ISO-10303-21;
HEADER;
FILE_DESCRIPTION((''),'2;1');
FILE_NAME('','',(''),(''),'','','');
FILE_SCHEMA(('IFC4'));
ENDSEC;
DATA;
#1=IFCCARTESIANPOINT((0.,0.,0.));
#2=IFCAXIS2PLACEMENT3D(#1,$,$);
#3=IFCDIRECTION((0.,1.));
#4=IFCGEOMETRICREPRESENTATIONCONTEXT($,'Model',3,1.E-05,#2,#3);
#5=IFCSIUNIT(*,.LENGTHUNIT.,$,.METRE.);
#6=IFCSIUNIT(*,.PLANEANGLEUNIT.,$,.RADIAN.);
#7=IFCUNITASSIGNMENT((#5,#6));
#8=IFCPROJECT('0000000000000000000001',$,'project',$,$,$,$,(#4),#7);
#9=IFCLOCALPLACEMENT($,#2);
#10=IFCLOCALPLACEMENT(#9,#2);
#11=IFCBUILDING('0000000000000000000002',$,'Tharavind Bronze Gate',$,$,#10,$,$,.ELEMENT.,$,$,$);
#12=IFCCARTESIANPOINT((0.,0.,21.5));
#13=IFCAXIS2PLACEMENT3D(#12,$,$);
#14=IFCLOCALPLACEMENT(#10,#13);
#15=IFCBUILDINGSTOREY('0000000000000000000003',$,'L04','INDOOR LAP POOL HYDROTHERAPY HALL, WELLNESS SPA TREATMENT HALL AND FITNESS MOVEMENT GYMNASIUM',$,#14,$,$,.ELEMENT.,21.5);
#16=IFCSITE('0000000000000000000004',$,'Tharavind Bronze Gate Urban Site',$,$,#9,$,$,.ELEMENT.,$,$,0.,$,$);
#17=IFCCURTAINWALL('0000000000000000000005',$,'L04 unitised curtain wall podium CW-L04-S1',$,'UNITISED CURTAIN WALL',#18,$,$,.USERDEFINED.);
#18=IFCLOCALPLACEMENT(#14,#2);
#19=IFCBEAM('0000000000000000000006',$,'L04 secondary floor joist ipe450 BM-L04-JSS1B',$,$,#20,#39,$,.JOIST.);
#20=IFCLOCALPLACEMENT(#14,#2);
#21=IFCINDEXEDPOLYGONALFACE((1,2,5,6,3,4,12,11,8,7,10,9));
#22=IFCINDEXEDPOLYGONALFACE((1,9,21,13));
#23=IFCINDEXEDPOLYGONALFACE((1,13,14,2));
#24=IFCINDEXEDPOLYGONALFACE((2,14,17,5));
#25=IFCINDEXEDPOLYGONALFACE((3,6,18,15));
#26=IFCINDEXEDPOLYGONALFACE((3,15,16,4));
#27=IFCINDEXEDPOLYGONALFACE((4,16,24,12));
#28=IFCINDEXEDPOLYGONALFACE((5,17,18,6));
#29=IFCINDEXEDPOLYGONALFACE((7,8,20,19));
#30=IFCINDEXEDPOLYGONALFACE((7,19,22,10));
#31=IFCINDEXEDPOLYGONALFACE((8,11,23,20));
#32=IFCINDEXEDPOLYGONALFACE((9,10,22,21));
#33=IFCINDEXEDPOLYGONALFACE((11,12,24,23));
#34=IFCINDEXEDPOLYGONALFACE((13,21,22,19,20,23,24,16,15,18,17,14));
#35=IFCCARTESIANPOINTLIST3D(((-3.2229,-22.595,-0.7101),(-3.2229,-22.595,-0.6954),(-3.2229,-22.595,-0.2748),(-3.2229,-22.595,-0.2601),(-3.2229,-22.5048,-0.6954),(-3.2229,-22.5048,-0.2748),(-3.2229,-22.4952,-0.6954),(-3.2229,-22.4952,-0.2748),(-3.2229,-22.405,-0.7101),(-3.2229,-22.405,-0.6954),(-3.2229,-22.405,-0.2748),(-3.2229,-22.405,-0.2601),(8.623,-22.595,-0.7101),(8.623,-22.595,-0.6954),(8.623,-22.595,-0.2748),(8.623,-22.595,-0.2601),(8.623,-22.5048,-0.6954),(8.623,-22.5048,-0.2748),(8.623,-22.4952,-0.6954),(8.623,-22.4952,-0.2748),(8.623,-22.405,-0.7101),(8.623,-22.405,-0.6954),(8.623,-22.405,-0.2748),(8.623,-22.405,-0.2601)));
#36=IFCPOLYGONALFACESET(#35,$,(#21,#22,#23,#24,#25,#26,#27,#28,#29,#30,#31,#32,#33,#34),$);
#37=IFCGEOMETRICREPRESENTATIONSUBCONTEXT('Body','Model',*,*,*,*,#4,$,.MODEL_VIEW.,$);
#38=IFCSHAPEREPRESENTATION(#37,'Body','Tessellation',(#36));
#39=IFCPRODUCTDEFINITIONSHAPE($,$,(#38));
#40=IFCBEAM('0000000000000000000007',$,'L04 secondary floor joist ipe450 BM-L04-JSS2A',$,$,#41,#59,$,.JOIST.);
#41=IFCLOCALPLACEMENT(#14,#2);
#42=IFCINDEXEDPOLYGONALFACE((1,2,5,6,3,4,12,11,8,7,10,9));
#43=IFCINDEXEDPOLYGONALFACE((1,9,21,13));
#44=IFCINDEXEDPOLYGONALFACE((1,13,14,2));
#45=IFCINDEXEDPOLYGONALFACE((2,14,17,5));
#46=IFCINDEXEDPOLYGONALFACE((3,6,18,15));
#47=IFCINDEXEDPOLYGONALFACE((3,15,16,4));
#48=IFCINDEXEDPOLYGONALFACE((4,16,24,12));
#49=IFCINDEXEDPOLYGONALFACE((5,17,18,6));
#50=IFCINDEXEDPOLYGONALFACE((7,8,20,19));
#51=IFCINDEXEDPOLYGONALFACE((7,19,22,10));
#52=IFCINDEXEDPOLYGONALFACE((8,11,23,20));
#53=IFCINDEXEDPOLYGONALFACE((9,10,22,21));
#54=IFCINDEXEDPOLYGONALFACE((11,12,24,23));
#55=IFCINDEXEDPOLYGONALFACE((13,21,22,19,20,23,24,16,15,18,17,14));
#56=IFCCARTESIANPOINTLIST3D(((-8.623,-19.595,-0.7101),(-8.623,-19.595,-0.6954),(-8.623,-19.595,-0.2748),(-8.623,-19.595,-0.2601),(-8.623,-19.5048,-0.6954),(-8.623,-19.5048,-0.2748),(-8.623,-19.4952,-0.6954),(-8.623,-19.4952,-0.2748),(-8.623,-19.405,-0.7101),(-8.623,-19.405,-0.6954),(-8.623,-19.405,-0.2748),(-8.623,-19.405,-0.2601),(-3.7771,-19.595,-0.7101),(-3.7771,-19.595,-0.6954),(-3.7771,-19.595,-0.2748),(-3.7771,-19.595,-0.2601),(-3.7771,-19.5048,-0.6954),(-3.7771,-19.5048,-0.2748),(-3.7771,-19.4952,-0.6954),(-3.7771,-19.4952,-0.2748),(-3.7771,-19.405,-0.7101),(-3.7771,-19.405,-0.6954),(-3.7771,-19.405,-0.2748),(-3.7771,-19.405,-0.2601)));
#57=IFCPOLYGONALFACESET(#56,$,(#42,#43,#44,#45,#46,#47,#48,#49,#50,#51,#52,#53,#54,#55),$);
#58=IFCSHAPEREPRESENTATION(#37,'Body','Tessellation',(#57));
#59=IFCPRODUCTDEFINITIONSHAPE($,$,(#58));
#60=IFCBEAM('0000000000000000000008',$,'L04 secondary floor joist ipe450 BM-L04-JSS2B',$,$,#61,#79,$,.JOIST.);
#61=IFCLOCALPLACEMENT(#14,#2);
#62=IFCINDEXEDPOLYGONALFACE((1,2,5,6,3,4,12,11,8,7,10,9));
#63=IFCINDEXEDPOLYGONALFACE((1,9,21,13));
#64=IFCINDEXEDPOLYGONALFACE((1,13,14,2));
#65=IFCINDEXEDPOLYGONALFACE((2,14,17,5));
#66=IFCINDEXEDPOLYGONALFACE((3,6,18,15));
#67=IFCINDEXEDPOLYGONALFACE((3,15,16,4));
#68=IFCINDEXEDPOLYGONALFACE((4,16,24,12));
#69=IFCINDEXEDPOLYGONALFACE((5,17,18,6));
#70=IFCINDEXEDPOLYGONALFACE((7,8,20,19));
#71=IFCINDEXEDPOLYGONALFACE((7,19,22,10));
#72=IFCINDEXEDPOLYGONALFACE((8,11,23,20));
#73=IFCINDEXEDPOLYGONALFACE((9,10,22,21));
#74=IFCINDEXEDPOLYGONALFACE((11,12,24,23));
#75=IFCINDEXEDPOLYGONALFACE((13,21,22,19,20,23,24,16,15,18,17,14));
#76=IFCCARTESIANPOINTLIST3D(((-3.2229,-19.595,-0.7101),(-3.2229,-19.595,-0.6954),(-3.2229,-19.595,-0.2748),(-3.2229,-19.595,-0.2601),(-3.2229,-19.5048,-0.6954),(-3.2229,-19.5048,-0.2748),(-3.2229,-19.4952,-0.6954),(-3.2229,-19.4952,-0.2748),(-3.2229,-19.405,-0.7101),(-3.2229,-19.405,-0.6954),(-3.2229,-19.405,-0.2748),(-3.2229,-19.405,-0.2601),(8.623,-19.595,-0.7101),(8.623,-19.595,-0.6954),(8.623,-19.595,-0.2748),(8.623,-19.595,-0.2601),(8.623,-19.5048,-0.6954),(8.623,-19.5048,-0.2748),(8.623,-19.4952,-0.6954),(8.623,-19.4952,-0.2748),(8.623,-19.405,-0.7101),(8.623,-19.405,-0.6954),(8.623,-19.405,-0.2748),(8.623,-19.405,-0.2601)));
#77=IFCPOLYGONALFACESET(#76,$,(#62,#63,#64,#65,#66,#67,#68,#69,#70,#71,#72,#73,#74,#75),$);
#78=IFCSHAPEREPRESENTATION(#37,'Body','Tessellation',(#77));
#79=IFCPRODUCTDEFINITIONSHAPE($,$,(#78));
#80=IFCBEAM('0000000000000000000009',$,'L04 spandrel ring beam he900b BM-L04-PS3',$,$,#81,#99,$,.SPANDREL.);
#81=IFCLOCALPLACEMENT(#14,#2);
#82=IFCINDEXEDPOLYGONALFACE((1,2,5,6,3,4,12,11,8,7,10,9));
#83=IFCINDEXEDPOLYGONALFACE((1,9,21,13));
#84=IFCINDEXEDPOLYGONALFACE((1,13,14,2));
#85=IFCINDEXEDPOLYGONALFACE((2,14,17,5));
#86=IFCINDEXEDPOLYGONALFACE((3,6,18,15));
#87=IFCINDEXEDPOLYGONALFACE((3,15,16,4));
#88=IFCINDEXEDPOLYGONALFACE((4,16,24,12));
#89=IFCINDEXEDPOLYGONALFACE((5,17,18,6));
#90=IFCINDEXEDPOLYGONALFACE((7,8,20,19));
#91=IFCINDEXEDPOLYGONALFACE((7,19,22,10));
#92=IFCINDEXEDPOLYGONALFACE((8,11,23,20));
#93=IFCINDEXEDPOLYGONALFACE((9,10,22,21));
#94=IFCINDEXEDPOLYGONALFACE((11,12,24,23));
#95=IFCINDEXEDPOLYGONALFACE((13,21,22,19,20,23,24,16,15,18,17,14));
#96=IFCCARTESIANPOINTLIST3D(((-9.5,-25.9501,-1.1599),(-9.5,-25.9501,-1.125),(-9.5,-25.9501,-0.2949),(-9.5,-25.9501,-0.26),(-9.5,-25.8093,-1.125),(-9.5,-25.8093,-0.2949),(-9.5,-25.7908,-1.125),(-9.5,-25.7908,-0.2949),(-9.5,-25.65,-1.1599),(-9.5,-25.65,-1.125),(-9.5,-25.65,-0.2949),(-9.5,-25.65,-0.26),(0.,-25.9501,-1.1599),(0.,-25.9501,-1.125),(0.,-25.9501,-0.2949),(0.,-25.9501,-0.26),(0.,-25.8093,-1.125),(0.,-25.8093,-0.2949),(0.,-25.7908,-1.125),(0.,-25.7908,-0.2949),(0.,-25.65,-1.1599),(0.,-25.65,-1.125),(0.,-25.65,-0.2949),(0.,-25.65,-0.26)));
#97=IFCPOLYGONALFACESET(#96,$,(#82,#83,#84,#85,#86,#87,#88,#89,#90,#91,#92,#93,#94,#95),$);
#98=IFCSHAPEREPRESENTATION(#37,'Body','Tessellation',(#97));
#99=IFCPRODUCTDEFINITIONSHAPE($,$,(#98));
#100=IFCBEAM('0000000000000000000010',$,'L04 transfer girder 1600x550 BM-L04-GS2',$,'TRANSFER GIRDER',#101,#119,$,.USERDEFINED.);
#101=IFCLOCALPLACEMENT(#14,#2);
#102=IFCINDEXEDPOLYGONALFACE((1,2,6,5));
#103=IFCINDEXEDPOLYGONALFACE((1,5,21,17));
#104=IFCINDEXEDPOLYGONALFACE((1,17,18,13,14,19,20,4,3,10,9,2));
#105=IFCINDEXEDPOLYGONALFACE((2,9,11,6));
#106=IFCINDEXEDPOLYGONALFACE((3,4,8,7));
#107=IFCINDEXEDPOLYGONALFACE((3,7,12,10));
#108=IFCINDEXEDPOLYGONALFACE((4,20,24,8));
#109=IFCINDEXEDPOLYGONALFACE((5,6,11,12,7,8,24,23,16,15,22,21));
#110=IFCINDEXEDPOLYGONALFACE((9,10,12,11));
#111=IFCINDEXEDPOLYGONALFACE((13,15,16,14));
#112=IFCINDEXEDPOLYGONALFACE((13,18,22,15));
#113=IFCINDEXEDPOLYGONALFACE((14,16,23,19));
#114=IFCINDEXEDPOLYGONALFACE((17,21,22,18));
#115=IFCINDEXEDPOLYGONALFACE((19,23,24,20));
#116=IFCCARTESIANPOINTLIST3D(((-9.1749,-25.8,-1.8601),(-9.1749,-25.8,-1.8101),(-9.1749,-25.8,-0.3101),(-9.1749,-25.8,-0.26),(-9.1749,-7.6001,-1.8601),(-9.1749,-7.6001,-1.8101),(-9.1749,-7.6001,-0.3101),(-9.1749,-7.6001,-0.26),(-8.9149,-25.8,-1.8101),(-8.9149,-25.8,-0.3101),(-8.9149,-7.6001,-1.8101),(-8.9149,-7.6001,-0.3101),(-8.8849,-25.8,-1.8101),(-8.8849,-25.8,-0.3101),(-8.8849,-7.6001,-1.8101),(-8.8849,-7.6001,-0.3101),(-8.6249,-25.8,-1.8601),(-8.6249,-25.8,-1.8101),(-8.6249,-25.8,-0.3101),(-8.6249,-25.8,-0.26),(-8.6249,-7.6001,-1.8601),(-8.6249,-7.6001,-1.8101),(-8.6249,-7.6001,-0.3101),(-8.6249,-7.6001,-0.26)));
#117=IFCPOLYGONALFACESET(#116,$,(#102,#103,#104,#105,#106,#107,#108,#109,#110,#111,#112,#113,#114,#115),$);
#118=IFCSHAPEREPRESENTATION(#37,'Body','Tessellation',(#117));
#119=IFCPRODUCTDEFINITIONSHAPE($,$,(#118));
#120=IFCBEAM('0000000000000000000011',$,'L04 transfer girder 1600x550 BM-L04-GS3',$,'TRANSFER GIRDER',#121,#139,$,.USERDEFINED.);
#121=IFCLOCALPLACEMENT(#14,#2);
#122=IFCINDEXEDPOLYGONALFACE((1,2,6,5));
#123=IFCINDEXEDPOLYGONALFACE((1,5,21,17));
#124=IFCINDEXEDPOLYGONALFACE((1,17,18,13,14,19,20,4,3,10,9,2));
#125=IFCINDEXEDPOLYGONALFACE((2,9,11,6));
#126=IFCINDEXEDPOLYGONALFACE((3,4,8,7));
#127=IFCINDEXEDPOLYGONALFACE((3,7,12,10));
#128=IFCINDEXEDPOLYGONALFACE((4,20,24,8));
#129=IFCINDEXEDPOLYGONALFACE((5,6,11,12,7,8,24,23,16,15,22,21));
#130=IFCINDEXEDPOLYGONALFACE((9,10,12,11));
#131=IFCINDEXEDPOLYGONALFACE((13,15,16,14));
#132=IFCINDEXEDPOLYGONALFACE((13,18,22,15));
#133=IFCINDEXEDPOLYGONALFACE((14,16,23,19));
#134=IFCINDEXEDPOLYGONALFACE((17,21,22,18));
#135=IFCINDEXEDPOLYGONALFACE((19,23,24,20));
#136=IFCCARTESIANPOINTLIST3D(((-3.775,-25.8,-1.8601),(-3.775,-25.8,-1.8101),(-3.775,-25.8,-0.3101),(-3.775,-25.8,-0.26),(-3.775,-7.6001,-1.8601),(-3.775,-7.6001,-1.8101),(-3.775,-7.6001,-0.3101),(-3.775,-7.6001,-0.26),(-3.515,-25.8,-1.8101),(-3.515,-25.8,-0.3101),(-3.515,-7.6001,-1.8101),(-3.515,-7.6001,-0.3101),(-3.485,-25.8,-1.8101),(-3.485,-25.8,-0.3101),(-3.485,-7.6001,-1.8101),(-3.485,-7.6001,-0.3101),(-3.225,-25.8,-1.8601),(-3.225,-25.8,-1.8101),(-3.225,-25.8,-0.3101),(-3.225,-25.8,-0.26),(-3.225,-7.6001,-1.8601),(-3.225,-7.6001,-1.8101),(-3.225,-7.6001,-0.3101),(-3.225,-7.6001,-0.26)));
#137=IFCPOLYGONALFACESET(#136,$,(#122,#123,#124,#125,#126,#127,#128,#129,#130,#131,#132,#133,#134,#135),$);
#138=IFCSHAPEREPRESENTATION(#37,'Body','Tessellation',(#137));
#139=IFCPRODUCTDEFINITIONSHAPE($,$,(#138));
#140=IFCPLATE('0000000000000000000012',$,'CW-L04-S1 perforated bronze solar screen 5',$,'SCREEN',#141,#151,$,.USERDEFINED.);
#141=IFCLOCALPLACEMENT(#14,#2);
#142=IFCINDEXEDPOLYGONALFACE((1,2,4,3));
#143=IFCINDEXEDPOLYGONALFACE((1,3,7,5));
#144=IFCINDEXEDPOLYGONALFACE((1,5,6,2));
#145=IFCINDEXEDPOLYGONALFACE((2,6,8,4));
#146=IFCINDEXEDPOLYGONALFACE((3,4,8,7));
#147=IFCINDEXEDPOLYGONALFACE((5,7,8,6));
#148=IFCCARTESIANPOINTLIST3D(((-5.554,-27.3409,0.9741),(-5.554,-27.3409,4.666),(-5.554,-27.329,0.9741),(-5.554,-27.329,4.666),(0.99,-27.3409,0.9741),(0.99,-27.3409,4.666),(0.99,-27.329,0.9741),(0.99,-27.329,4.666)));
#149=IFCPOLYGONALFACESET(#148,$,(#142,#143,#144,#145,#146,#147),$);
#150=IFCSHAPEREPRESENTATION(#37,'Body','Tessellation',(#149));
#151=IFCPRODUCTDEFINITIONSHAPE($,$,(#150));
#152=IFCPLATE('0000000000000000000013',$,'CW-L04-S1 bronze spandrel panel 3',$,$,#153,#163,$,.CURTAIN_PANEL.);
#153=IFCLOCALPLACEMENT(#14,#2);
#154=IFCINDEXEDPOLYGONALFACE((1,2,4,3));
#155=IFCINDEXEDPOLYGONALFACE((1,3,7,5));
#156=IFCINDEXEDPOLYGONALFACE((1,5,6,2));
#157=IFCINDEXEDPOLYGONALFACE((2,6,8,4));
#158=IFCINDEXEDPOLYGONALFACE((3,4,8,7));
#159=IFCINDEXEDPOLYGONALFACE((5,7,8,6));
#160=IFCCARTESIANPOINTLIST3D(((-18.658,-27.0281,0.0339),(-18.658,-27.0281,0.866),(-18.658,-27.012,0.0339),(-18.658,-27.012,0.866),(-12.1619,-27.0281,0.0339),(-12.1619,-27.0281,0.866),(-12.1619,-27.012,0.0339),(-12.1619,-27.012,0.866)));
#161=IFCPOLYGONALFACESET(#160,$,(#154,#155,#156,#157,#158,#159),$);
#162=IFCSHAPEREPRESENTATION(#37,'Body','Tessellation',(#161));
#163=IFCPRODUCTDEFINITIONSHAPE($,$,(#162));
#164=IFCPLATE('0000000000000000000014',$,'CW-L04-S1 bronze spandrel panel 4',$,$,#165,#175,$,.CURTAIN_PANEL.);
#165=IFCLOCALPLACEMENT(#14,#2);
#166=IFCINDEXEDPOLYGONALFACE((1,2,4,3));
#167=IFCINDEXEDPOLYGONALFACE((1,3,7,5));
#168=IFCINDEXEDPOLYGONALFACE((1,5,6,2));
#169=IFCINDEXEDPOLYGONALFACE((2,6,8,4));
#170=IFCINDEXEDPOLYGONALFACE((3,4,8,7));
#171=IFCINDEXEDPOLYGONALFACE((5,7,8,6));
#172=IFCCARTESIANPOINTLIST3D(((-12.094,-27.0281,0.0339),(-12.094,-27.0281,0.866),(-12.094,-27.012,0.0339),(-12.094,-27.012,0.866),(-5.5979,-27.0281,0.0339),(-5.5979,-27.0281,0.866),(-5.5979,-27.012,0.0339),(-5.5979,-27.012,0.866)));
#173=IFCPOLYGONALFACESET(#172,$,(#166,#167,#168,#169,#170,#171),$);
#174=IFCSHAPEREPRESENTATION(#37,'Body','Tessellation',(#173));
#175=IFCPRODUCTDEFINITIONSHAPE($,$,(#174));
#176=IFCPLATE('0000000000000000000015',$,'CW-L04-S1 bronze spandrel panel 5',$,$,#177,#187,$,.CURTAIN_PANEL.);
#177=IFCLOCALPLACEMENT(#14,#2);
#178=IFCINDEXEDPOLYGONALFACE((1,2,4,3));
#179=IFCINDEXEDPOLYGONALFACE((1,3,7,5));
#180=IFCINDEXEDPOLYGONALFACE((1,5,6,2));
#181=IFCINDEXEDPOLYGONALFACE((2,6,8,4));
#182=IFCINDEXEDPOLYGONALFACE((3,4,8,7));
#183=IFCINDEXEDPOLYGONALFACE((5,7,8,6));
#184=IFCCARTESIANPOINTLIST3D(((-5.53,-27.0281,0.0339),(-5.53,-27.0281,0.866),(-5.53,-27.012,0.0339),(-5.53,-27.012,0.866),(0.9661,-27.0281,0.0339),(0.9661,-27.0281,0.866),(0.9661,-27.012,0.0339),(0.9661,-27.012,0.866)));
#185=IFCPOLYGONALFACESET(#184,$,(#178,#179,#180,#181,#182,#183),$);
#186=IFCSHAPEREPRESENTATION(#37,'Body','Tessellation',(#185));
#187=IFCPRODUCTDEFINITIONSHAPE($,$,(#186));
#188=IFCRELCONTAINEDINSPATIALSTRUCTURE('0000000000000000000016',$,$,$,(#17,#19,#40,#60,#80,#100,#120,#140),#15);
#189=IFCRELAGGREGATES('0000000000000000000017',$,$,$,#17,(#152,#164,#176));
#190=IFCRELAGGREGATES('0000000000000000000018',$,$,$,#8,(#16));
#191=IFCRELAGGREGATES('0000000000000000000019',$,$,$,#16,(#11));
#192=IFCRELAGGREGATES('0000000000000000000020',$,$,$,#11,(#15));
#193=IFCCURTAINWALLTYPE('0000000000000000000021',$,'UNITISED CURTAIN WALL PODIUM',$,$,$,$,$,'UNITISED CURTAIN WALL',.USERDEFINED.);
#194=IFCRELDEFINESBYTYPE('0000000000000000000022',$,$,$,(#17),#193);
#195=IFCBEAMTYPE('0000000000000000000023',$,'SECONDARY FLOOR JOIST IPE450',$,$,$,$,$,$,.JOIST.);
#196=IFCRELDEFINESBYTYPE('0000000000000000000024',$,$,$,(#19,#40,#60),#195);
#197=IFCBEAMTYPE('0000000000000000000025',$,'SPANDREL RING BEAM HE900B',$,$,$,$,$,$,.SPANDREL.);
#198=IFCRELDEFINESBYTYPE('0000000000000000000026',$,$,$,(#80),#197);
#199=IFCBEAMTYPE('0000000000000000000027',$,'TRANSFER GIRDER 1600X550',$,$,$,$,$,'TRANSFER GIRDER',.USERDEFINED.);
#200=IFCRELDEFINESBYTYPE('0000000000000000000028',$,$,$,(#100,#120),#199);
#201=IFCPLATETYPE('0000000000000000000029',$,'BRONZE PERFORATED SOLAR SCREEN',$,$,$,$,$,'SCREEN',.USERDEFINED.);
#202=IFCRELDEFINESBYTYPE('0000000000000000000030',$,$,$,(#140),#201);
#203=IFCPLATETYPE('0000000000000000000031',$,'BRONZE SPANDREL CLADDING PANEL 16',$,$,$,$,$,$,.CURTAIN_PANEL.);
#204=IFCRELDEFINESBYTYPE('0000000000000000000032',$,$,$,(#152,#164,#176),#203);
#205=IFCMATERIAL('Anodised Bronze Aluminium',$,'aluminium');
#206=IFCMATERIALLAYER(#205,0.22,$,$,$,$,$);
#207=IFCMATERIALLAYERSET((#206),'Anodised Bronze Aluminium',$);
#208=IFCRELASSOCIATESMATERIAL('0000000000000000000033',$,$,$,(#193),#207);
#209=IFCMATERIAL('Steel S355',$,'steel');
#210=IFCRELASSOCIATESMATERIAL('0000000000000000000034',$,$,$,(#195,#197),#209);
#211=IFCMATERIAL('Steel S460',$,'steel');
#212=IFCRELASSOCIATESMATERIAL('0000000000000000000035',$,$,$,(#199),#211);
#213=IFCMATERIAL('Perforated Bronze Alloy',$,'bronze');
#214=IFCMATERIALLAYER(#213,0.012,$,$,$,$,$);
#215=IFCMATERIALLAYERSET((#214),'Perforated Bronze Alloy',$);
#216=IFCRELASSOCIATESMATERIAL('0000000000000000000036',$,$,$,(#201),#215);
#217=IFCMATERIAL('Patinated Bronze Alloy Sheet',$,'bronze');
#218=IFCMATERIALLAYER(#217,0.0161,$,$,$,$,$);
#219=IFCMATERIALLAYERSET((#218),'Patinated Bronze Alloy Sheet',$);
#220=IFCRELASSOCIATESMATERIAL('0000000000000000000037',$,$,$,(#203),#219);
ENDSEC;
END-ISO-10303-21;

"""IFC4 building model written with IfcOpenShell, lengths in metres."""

from ifc_helpers import new_model, si_unit, direction, frame, origin, origin_2d, place, context, subcontext, project, spatial, rectangle, i_section, extrude, material, layer, layer_set, material_profile, profile_set, type_object, element, aggregate, save


model = new_model("IFC4")

# Units and contexts
model_context = context("Model", 3, precision=1e-05, world=origin(), true_north=direction((0.0, 1.0)))
body_context = subcontext(model_context, "Body", "Model", "MODEL_VIEW")
ifc_project = project(units=[si_unit("LENGTHUNIT", "METRE"), si_unit("PLANEANGLEUNIT", "RADIAN")], contexts=[model_context])

# Site, building, storey
site_placement = place(None, origin())
site = spatial("IfcSite", under=ifc_project, at=site_placement, Name="Tharavind Bronze Gate Urban Site", CompositionType="ELEMENT", RefElevation=0.0)
building_placement = place(site_placement, origin())
building = spatial("IfcBuilding", under=site, at=building_placement, Name="Tharavind Bronze Gate", CompositionType="ELEMENT")
storey_placement = place(building_placement, frame((0.0, 0.0, 21.5)))
storey = spatial("IfcBuildingStorey", under=building, at=storey_placement, Name="L04", Description="INDOOR LAP POOL HYDROTHERAPY HALL, WELLNESS SPA TREATMENT HALL AND FITNESS MOVEMENT GYMNASIUM", CompositionType="ELEMENT", Elevation=21.5)

# Shared definitions
ifc_material_1 = material(Name="Steel S460", Category="steel")

# Curtain wall
ifc_material_2 = material(Name="Anodised Bronze Aluminium", Category="aluminium")
ifc_layer_1 = layer(ifc_material_2, 0.22)
ifc_layer_set_1 = layer_set([ifc_layer_1], Name="Anodised Bronze Aluminium")
curtain_wall_type = type_object("IfcCurtainWallType", Name="UNITISED CURTAIN WALL PODIUM", ElementType="UNITISED CURTAIN WALL", PredefinedType="USERDEFINED", material=ifc_layer_set_1)
curtain_wall_placement = place(storey_placement, origin())
curtain_wall = element("IfcCurtainWall", 1, at=curtain_wall_placement, inside=storey, type_object=curtain_wall_type, Name="L04 unitised curtain wall podium CW-L04-S1", ObjectType="UNITISED CURTAIN WALL", PredefinedType="USERDEFINED")

# Beams
ifc_material_3 = material(Name="Steel S355", Category="steel")
ifc_material_profile_1 = material_profile(ifc_material_3, i_section(OverallWidth=0.1899, OverallDepth=0.45, WebThickness=0.0095, FlangeThickness=0.0146, at=origin_2d()), Name="IPE450")
ifc_profile_set_1 = profile_set([ifc_material_profile_1], Name="Steel S355")
beam_type_1 = type_object("IfcBeamType", Name="SECONDARY FLOOR JOIST IPE450", PredefinedType="JOIST", material=ifc_profile_set_1)
beam_1_placement = place(storey_placement, frame((-3.2229, -22.5, -0.4851), z_axis=(1.0, 0.0, 0.0), x_axis=(0.0, 1.0, 0.0)))
element("IfcBeam", 2, at=beam_1_placement, inside=storey, type_object=beam_type_1, Name="L04 secondary floor joist ipe450 BM-L04-JSS1B", PredefinedType="JOIST", context=body_context, shape_type="SweptSolid", body=[
    extrude(i_section(OverallWidth=0.1899, OverallDepth=0.45, WebThickness=0.0095, FlangeThickness=0.0146, at=origin_2d()), origin(), (0.0, 0.0, 1.0), 11.8459),
])
beam_2_placement = place(storey_placement, frame((-8.623, -19.5, -0.4851), z_axis=(1.0, 0.0, 0.0), x_axis=(0.0, 1.0, 0.0)))
element("IfcBeam", 3, at=beam_2_placement, inside=storey, type_object=beam_type_1, Name="L04 secondary floor joist ipe450 BM-L04-JSS2A", PredefinedType="JOIST", context=body_context, shape_type="SweptSolid", body=[
    extrude(i_section(OverallWidth=0.1899, OverallDepth=0.45, WebThickness=0.0095, FlangeThickness=0.0146, at=origin_2d()), origin(), (0.0, 0.0, 1.0), 4.8459),
])
beam_3_placement = place(storey_placement, frame((-3.2229, -19.5, -0.4851), z_axis=(1.0, 0.0, 0.0), x_axis=(0.0, 1.0, 0.0)))
element("IfcBeam", 4, at=beam_3_placement, inside=storey, type_object=beam_type_1, Name="L04 secondary floor joist ipe450 BM-L04-JSS2B", PredefinedType="JOIST", context=body_context, shape_type="SweptSolid", body=[
    extrude(i_section(OverallWidth=0.1899, OverallDepth=0.45, WebThickness=0.0095, FlangeThickness=0.0146, at=origin_2d()), origin(), (0.0, 0.0, 1.0), 11.8459),
])
ifc_material_profile_2 = material_profile(ifc_material_3, i_section(OverallWidth=0.3, OverallDepth=0.8999, WebThickness=0.0186, FlangeThickness=0.0349, at=origin_2d()), Name="HE900B")
ifc_profile_set_2 = profile_set([ifc_material_profile_2], Name="Steel S355")
beam_type_2 = type_object("IfcBeamType", Name="SPANDREL RING BEAM HE900B", PredefinedType="SPANDREL", material=ifc_profile_set_2)
beam_4_placement = place(storey_placement, frame((-9.5, -25.8, -0.71), z_axis=(1.0, 0.0, 0.0), x_axis=(0.0, 1.0, 0.0)))
element("IfcBeam", 5, at=beam_4_placement, inside=storey, type_object=beam_type_2, Name="L04 spandrel ring beam he900b BM-L04-PS3", PredefinedType="SPANDREL", context=body_context, shape_type="SweptSolid", body=[
    extrude(i_section(OverallWidth=0.3, OverallDepth=0.8999, WebThickness=0.0186, FlangeThickness=0.0349, at=origin_2d()), origin(), (0.0, 0.0, 1.0), 9.5),
])
ifc_material_profile_3 = material_profile(ifc_material_1, i_section(OverallWidth=0.55, OverallDepth=1.6001, WebThickness=0.03, FlangeThickness=0.05, at=origin_2d()), Name="PG1600X550")
ifc_profile_set_3 = profile_set([ifc_material_profile_3], Name="Steel S460")
beam_type_3 = type_object("IfcBeamType", Name="TRANSFER GIRDER 1600X550", ElementType="TRANSFER GIRDER", PredefinedType="USERDEFINED", material=ifc_profile_set_3)
for number, where, z_axis, x_axis, name in (
    (6, (-8.8999, -25.8, -1.0601), (0.0, 1.0, 0.0), (-1.0, 0.0, 0.0), "L04 transfer girder 1600x550 BM-L04-GS2"),
    (7, (-3.5, -25.8, -1.0601), (0.0, 1.0, 0.0), (-1.0, 0.0, 0.0), "L04 transfer girder 1600x550 BM-L04-GS3"),
):
    element("IfcBeam", number, at=place(storey_placement, frame(where, z_axis=z_axis, x_axis=x_axis)), inside=storey, type_object=beam_type_3, Name=name, ObjectType="TRANSFER GIRDER", PredefinedType="USERDEFINED", context=body_context, shape_type="SweptSolid", body=[
        extrude(i_section(OverallWidth=0.55, OverallDepth=1.6001, WebThickness=0.03, FlangeThickness=0.05, at=origin_2d()), origin(), (0.0, 0.0, 1.0), 18.2),
    ])

# Plates
ifc_material_4 = material(Name="Perforated Bronze Alloy", Category="bronze")
ifc_layer_2 = layer(ifc_material_4, 0.012)
ifc_layer_set_2 = layer_set([ifc_layer_2], Name="Perforated Bronze Alloy")
plate_type_1 = type_object("IfcPlateType", Name="BRONZE PERFORATED SOLAR SCREEN", ElementType="SCREEN", PredefinedType="USERDEFINED", material=ifc_layer_set_2)
plate_1_placement = place(storey_placement, frame((-2.282, -27.335, 0.9741), z_axis=(0.0, 0.0, 1.0), x_axis=(1.0, 0.0, 0.0)))
element("IfcPlate", 8, at=plate_1_placement, inside=storey, type_object=plate_type_1, Name="CW-L04-S1 perforated bronze solar screen 5", ObjectType="SCREEN", PredefinedType="USERDEFINED", context=body_context, shape_type="SweptSolid", body=[
    extrude(rectangle(XDim=6.5439, YDim=0.012, at=origin_2d()), origin(), (0.0, 0.0, 1.0), 3.6919),
])
ifc_material_5 = material(Name="Patinated Bronze Alloy Sheet", Category="bronze")
ifc_layer_3 = layer(ifc_material_5, 0.0161)
ifc_layer_set_3 = layer_set([ifc_layer_3], Name="Patinated Bronze Alloy Sheet")
plate_type_2 = type_object("IfcPlateType", Name="BRONZE SPANDREL CLADDING PANEL 16", PredefinedType="CURTAIN_PANEL", material=ifc_layer_set_3)
plate_2_placement = place(storey_placement, frame((-15.4099, -27.02, 0.0339), z_axis=(0.0, 0.0, 1.0), x_axis=(1.0, 0.0, 0.0)))
plate_2 = element("IfcPlate", 9, at=plate_2_placement, type_object=plate_type_2, Name="CW-L04-S1 bronze spandrel panel 3", PredefinedType="CURTAIN_PANEL", context=body_context, shape_type="SweptSolid", body=[
    extrude(rectangle(XDim=6.4961, YDim=0.0161, at=origin_2d()), origin(), (0.0, 0.0, 1.0), 0.832),
])
plate_3_placement = place(storey_placement, frame((-8.8459, -27.02, 0.0339), z_axis=(0.0, 0.0, 1.0), x_axis=(1.0, 0.0, 0.0)))
plate_3 = element("IfcPlate", 10, at=plate_3_placement, type_object=plate_type_2, Name="CW-L04-S1 bronze spandrel panel 4", PredefinedType="CURTAIN_PANEL", context=body_context, shape_type="SweptSolid", body=[
    extrude(rectangle(XDim=6.4961, YDim=0.0161, at=origin_2d()), origin(), (0.0, 0.0, 1.0), 0.832),
])
plate_4_placement = place(storey_placement, frame((-2.282, -27.02, 0.0339), z_axis=(0.0, 0.0, 1.0), x_axis=(1.0, 0.0, 0.0)))
plate_4 = element("IfcPlate", 11, at=plate_4_placement, type_object=plate_type_2, Name="CW-L04-S1 bronze spandrel panel 5", PredefinedType="CURTAIN_PANEL", context=body_context, shape_type="SweptSolid", body=[
    extrude(rectangle(XDim=6.4961, YDim=0.0161, at=origin_2d()), origin(), (0.0, 0.0, 1.0), 0.832),
])
aggregate(curtain_wall, [plate_2, plate_3, plate_4])

save(model, "model.ifc")
